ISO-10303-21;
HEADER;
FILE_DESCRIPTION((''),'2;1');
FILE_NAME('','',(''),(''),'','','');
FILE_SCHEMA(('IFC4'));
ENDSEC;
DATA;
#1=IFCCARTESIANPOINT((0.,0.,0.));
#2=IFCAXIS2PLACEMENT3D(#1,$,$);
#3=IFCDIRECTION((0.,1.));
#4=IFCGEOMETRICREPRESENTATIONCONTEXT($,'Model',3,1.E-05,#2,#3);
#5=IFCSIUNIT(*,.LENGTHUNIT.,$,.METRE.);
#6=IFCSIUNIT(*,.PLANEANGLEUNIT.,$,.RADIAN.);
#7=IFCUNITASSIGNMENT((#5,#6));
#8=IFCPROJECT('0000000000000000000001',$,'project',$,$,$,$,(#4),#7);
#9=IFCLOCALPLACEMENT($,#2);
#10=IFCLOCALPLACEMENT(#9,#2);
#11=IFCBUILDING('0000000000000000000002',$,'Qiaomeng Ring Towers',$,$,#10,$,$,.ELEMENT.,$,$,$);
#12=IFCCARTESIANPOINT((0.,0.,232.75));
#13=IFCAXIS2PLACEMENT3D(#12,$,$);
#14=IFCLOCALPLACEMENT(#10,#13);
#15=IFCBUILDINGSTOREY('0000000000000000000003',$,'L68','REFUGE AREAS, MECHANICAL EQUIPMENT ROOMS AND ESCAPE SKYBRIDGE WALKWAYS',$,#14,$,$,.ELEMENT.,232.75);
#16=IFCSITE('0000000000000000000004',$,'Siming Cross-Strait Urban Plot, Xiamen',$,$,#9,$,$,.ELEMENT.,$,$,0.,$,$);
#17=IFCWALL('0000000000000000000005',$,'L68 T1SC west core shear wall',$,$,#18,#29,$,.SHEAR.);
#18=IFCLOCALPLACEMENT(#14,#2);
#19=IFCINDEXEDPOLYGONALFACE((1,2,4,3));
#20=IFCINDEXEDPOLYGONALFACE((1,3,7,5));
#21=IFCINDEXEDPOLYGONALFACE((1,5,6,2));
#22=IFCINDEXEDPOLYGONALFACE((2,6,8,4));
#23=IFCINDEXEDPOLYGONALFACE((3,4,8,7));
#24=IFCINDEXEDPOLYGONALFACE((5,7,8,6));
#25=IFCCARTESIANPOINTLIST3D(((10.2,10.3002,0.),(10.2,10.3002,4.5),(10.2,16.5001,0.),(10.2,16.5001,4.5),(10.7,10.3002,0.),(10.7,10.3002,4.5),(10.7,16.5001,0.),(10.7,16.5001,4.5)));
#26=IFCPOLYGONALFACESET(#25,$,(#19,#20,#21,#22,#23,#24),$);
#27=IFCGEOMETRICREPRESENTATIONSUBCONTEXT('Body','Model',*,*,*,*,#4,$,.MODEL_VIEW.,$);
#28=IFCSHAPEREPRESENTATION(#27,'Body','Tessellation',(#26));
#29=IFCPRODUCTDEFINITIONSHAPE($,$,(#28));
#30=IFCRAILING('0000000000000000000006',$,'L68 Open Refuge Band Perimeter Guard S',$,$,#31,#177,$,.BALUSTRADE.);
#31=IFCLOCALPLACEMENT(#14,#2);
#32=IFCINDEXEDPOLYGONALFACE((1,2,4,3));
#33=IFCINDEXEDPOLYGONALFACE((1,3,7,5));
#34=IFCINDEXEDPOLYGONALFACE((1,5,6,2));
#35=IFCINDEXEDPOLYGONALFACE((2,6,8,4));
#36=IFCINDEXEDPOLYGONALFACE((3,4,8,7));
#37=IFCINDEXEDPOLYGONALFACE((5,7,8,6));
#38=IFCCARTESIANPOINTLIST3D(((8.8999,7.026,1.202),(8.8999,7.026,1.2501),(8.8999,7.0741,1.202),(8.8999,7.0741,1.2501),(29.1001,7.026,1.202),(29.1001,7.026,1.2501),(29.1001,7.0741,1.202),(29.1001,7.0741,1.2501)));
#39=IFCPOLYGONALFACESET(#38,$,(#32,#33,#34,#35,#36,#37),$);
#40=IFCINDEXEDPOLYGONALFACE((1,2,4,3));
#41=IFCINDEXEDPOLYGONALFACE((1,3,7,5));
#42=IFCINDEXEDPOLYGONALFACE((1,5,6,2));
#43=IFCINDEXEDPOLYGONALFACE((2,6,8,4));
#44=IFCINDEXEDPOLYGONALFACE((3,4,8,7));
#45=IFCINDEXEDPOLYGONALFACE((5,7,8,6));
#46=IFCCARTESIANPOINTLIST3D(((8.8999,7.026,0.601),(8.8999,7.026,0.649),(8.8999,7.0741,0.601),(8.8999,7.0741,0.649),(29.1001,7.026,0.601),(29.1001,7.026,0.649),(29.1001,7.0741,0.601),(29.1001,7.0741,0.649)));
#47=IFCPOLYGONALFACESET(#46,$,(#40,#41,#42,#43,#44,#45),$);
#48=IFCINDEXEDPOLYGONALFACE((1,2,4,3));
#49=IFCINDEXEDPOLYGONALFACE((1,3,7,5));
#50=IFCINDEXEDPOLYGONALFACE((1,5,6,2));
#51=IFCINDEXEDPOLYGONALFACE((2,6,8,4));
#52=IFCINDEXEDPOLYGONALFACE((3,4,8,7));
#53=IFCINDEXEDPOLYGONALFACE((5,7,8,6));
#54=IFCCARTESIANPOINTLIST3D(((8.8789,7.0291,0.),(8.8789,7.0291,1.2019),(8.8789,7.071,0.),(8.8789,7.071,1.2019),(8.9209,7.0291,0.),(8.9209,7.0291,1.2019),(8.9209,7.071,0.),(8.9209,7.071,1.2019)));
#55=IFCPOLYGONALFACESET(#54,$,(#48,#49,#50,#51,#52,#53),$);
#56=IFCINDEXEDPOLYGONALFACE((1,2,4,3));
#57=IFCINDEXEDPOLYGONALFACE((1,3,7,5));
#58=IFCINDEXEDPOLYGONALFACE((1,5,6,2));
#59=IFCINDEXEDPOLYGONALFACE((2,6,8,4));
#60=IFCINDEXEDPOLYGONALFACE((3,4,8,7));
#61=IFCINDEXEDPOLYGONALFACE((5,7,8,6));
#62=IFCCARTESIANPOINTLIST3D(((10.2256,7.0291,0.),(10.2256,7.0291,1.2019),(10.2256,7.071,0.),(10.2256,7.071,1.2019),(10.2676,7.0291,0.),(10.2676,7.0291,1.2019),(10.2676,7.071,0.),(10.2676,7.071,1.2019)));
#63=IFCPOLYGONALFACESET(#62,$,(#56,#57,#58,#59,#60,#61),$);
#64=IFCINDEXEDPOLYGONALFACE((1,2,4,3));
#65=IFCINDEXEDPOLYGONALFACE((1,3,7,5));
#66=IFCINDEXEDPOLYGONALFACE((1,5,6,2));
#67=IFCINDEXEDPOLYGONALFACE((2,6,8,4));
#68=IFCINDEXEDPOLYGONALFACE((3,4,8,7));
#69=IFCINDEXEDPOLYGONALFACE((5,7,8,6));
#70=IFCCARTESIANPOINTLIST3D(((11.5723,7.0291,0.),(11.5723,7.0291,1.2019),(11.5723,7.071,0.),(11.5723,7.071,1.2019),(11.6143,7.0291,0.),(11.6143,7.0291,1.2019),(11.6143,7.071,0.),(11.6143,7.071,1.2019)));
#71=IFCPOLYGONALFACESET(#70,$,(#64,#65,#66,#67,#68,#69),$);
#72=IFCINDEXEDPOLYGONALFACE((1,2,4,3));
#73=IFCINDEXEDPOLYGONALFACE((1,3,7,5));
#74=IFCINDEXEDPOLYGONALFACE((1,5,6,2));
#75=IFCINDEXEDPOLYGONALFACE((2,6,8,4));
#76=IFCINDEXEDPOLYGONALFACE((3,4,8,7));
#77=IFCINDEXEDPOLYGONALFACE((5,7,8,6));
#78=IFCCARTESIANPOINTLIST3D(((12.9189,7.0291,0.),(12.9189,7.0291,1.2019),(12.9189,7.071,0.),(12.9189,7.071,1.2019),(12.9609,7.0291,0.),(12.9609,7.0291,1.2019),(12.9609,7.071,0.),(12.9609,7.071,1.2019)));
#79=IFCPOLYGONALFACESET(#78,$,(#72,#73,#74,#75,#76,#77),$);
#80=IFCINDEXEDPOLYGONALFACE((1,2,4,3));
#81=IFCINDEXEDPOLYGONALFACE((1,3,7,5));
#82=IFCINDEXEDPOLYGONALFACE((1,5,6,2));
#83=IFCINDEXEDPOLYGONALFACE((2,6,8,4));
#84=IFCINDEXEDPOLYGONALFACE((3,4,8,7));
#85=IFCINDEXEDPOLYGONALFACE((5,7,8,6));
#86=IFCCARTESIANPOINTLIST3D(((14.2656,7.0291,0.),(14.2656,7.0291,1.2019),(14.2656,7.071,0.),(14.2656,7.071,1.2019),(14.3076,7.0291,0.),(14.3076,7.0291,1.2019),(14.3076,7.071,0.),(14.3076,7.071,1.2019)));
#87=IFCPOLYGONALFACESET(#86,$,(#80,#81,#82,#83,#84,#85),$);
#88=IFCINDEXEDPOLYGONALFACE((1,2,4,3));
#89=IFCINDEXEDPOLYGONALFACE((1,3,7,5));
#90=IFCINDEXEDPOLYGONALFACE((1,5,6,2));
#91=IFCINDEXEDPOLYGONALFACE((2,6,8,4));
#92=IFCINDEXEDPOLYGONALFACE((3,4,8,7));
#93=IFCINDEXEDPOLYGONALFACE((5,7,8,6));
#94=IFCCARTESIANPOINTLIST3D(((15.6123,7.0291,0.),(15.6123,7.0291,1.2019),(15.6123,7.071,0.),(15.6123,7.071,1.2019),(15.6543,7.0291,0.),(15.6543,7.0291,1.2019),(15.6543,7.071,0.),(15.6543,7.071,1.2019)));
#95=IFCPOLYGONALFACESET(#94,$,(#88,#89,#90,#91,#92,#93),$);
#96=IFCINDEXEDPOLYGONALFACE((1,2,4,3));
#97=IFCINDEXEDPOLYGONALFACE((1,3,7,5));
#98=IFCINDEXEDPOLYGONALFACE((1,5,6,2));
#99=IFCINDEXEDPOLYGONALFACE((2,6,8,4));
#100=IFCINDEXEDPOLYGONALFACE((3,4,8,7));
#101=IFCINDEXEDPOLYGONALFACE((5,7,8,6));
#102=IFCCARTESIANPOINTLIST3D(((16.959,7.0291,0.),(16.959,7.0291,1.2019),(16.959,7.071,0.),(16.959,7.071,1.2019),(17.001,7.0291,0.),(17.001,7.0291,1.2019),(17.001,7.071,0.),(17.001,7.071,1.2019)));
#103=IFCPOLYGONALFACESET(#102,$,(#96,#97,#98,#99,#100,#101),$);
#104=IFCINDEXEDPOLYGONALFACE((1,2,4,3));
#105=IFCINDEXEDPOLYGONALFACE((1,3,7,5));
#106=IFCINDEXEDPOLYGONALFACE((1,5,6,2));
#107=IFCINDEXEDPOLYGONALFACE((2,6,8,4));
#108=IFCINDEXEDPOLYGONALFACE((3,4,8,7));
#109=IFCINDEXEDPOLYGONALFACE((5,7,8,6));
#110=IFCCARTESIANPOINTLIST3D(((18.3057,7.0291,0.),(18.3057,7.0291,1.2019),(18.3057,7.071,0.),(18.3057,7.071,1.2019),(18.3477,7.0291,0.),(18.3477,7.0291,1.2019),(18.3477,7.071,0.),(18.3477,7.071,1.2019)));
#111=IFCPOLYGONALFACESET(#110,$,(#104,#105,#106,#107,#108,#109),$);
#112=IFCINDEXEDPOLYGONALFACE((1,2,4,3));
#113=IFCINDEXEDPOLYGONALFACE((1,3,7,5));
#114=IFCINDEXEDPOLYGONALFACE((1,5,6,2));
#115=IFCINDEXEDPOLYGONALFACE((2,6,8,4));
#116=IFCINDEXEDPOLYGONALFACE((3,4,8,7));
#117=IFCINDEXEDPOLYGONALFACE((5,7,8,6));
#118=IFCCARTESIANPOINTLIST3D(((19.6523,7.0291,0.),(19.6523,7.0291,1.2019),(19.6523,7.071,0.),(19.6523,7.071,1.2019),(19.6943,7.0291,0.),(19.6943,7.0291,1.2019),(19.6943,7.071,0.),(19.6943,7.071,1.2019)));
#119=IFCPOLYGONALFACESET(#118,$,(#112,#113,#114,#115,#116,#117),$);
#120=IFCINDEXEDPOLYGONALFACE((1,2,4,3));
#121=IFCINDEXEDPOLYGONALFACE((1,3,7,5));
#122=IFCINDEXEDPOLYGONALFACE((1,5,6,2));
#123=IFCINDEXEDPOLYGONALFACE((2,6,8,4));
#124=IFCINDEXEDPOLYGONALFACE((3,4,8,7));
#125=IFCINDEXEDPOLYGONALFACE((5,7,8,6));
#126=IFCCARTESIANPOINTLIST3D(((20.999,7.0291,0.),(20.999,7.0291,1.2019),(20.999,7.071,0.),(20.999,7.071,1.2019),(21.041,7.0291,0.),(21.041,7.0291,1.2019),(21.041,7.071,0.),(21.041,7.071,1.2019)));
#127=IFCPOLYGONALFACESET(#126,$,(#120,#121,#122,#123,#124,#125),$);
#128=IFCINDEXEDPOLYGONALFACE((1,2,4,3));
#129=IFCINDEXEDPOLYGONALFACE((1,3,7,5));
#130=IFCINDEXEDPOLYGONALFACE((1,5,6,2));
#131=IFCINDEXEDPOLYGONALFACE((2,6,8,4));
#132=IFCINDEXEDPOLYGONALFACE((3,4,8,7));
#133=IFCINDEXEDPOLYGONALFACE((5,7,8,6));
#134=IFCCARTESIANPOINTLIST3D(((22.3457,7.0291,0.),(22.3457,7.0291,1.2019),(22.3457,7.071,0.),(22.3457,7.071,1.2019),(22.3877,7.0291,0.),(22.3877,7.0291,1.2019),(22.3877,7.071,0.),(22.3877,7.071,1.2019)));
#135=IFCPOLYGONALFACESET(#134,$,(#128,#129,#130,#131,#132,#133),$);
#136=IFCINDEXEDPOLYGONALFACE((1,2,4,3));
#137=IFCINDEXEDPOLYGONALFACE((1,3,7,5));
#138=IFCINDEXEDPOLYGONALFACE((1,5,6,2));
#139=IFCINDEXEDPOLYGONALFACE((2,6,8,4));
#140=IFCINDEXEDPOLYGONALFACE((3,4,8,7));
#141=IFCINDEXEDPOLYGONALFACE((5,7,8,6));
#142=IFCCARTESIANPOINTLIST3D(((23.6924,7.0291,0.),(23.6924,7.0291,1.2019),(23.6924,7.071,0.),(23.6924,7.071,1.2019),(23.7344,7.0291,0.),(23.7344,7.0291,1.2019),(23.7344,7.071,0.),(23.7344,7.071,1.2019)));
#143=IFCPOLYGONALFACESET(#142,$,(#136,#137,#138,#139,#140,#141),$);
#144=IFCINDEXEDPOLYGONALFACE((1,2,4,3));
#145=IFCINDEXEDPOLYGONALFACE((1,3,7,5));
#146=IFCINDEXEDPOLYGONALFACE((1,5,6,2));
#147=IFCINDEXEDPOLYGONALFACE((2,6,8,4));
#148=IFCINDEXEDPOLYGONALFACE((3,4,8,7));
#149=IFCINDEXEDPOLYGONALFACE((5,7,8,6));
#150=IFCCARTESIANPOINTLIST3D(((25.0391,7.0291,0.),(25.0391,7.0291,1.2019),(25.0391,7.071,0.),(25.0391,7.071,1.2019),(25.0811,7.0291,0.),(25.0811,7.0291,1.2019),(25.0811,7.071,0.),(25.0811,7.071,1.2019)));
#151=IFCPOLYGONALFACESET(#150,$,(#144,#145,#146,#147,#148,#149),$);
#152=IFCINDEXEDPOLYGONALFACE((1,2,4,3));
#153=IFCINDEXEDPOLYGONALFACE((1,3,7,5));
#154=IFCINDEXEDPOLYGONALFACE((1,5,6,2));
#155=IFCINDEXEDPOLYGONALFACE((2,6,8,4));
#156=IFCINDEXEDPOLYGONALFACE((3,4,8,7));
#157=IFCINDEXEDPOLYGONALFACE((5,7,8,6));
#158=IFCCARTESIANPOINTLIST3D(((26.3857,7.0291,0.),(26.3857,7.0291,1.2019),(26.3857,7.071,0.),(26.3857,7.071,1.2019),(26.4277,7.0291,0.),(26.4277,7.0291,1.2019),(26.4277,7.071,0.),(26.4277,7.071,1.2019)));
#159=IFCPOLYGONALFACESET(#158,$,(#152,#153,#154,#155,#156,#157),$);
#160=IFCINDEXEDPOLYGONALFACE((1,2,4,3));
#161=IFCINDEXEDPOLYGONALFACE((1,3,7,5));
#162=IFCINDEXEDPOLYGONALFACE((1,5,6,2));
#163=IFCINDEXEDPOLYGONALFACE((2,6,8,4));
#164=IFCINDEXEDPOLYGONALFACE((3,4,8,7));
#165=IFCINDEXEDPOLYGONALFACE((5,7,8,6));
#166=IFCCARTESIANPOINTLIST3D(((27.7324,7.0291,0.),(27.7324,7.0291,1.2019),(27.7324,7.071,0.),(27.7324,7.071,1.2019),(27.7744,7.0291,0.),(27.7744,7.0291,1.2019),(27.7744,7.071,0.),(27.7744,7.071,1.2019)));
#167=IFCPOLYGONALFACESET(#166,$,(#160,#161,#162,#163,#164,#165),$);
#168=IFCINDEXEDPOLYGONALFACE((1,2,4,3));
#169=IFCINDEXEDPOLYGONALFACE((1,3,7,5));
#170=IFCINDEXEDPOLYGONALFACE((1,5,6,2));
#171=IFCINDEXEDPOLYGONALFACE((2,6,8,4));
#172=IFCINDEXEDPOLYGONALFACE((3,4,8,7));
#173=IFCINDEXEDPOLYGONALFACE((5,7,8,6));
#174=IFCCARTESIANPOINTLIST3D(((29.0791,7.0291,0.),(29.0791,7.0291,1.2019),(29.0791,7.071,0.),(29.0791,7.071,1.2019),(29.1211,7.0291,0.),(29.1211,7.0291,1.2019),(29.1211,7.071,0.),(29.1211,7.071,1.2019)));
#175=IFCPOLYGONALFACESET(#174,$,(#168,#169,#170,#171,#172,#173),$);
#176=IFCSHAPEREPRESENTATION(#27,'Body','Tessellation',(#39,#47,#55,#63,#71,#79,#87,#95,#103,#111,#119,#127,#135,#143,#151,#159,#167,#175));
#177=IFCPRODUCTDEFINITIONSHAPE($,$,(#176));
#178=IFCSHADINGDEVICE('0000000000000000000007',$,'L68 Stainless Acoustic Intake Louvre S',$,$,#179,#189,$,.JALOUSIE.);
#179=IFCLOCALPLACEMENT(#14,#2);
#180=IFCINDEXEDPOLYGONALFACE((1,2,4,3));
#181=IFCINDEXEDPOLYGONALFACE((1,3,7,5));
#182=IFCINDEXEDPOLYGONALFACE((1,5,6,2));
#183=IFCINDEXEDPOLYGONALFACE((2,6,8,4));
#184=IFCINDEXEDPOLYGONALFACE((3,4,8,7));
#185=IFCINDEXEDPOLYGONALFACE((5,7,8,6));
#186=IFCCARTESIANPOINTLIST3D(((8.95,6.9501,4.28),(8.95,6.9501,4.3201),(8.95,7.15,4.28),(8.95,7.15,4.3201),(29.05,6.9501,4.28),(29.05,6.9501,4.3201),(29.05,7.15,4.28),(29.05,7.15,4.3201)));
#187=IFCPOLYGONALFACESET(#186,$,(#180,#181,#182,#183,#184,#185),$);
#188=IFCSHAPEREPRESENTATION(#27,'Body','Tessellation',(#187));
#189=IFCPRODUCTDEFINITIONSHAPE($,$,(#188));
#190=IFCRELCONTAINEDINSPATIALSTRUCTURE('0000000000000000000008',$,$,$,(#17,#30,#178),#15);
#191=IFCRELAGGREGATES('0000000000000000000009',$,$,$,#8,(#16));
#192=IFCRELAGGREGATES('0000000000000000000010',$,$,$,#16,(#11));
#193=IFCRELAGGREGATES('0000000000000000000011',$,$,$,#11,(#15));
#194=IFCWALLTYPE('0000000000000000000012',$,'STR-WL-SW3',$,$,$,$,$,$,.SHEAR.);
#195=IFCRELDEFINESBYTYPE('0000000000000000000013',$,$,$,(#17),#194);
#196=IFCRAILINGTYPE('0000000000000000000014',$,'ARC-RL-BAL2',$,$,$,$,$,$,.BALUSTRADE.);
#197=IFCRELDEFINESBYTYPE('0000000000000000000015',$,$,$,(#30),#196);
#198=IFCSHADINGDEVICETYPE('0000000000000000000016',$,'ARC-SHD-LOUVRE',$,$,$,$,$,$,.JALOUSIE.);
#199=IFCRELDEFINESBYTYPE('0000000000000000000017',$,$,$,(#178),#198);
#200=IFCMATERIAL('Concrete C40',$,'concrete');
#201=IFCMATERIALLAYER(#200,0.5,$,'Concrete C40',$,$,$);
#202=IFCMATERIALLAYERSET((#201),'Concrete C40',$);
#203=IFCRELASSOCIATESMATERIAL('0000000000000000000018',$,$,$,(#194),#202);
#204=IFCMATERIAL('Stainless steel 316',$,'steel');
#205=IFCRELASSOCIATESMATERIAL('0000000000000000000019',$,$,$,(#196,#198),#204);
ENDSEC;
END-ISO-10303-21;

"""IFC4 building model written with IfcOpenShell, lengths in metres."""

from ifc_helpers import new_model, si_unit, direction, frame, frame_2d, origin, origin_2d, place, context, subcontext, project, spatial, rectangle, extrude, source, transform, mapped, material, layer, layer_set, material_profile, profile_set, type_object, element, save


model = new_model("IFC4")

# Units and contexts
model_context = context("Model", 3, precision=1e-05, world=origin(), true_north=direction((0.0, 1.0)))
body_context = subcontext(model_context, "Body", "Model", "MODEL_VIEW")
ifc_project = project(units=[si_unit("LENGTHUNIT", "METRE"), si_unit("PLANEANGLEUNIT", "RADIAN")], contexts=[model_context])

# Site, building, storey
site_placement = place(None, origin())
site = spatial("IfcSite", under=ifc_project, at=site_placement, Name="Siming Cross-Strait Urban Plot, Xiamen", CompositionType="ELEMENT", RefElevation=0.0)
building_placement = place(site_placement, origin())
building = spatial("IfcBuilding", under=site, at=building_placement, Name="Qiaomeng Ring Towers", CompositionType="ELEMENT")
storey_placement = place(building_placement, frame((0.0, 0.0, 232.75)))
storey = spatial("IfcBuildingStorey", under=building, at=storey_placement, Name="L68", Description="REFUGE AREAS, MECHANICAL EQUIPMENT ROOMS AND ESCAPE SKYBRIDGE WALKWAYS", CompositionType="ELEMENT", Elevation=232.75)

# Shared definitions
ifc_material_1 = material(Name="Concrete C40", Category="concrete")

# Shared definitions
ifc_layer_1 = layer(ifc_material_1, 0.5, Name="Concrete C40")
ifc_layer_set_1 = layer_set([ifc_layer_1], Name="Concrete C40")
wall_type_1 = type_object("IfcWallType", Name="STR-WL-SW3", PredefinedType="SHEAR", material=ifc_layer_set_1)
ifc_material_2 = material(Name="Stainless steel 316", Category="steel")

# Wall
wall_1_placement = place(storey_placement, frame((10.45, 10.3, 0.0), z_axis=(0.0, 0.0, 1.0), x_axis=(0.0, 1.0, 0.0)))
element("IfcWall", 1, at=wall_1_placement, inside=storey, type_object=wall_type_1, Name="L68 T1SC west core shear wall", PredefinedType="SHEAR", context=body_context, shape_type="SweptSolid", body=[
    extrude(rectangle(XDim=6.2, YDim=0.5, at=frame_2d((3.1001, 0.0))), origin(), (0.0, 0.0, 1.0), 4.5),
])

# Railing
railing_type = type_object("IfcRailingType", Name="ARC-RL-BAL2", PredefinedType="BALUSTRADE", material=ifc_material_2)
railing_placement = place(storey_placement, frame((8.8999, 7.05, 0.0)))
element("IfcRailing", 2, at=railing_placement, inside=storey, type_object=railing_type, Name="L68 Open Refuge Band Perimeter Guard S", PredefinedType="BALUSTRADE", context=body_context, shape_type="SweptSolid", body=[
    extrude(rectangle(XDim=0.0481, YDim=0.0481, at=origin_2d()), frame((0.0, 0.0, 1.2261), z_axis=(1.0, 0.0, 0.0), x_axis=(0.0, 1.0, 0.0)), (0.0, 0.0, 1.0), 20.2002),
    extrude(rectangle(XDim=0.0481, YDim=0.0481, at=origin_2d()), frame((0.0, 0.0, 0.625), z_axis=(1.0, 0.0, 0.0), x_axis=(0.0, 1.0, 0.0)), (0.0, 0.0, 1.0), 20.2002),
    extrude(rectangle(XDim=0.042, YDim=0.042, at=origin_2d()), origin(), (0.0, 0.0, 1.0), 1.2019),
    extrude(rectangle(XDim=0.042, YDim=0.042, at=origin_2d()), frame((1.3467, 0.0, 0.0)), (0.0, 0.0, 1.0), 1.2019),
    extrude(rectangle(XDim=0.042, YDim=0.042, at=origin_2d()), frame((2.6934, 0.0, 0.0)), (0.0, 0.0, 1.0), 1.2019),
    extrude(rectangle(XDim=0.042, YDim=0.042, at=origin_2d()), frame((4.04, 0.0, 0.0)), (0.0, 0.0, 1.0), 1.2019),
    extrude(rectangle(XDim=0.042, YDim=0.042, at=origin_2d()), frame((5.3867, 0.0, 0.0)), (0.0, 0.0, 1.0), 1.2019),
    extrude(rectangle(XDim=0.042, YDim=0.042, at=origin_2d()), frame((6.7334, 0.0, 0.0)), (0.0, 0.0, 1.0), 1.2019),
    extrude(rectangle(XDim=0.042, YDim=0.042, at=origin_2d()), frame((8.0801, 0.0, 0.0)), (0.0, 0.0, 1.0), 1.2019),
    extrude(rectangle(XDim=0.042, YDim=0.042, at=origin_2d()), frame((9.4268, 0.0, 0.0)), (0.0, 0.0, 1.0), 1.2019),
    extrude(rectangle(XDim=0.042, YDim=0.042, at=origin_2d()), frame((10.7734, 0.0, 0.0)), (0.0, 0.0, 1.0), 1.2019),
    extrude(rectangle(XDim=0.042, YDim=0.042, at=origin_2d()), frame((12.1201, 0.0, 0.0)), (0.0, 0.0, 1.0), 1.2019),
    extrude(rectangle(XDim=0.042, YDim=0.042, at=origin_2d()), frame((13.4668, 0.0, 0.0)), (0.0, 0.0, 1.0), 1.2019),
    extrude(rectangle(XDim=0.042, YDim=0.042, at=origin_2d()), frame((14.8135, 0.0, 0.0)), (0.0, 0.0, 1.0), 1.2019),
    extrude(rectangle(XDim=0.042, YDim=0.042, at=origin_2d()), frame((16.1602, 0.0, 0.0)), (0.0, 0.0, 1.0), 1.2019),
    extrude(rectangle(XDim=0.042, YDim=0.042, at=origin_2d()), frame((17.5068, 0.0, 0.0)), (0.0, 0.0, 1.0), 1.2019),
    extrude(rectangle(XDim=0.042, YDim=0.042, at=origin_2d()), frame((18.8535, 0.0, 0.0)), (0.0, 0.0, 1.0), 1.2019),
    extrude(rectangle(XDim=0.042, YDim=0.042, at=origin_2d()), frame((20.2002, 0.0, 0.0)), (0.0, 0.0, 1.0), 1.2019),
])

# Shading device
ifc_material_profile_1 = material_profile(ifc_material_2, rectangle(XDim=0.2, YDim=0.04, at=origin_2d()), Name="LV BLADE 200x40")
ifc_profile_set_1 = profile_set([ifc_material_profile_1], Name="Stainless steel 316")
shading_device_type = type_object("IfcShadingDeviceType", Name="ARC-SHD-LOUVRE", PredefinedType="JALOUSIE", material=ifc_profile_set_1)
shared_shape_1 = source(origin(), body_context, "Body", "SweptSolid", [
    extrude(rectangle(XDim=0.2, YDim=0.04, at=origin_2d()), origin(), (0.0, 0.0, 1.0), 20.1001),
])
shading_device_placement = place(storey_placement, frame((8.95, 7.05, 4.3), z_axis=(1.0, 0.0, 0.0), x_axis=(0.0, 1.0, 0.0)))
element("IfcShadingDevice", 3, at=shading_device_placement, inside=storey, type_object=shading_device_type, Name="L68 Stainless Acoustic Intake Louvre S", PredefinedType="JALOUSIE", context=body_context, shape_type="MappedRepresentation", body=[
    mapped(shared_shape_1, transform((0.0, 0.0, 0.0), x_axis=(1.0, 0.0, 0.0), y_axis=(0.0, 1.0, 0.0), z_axis=(0.0, 0.0, 1.0), scale=1.0)),
])

save(model, "model.ifc")
